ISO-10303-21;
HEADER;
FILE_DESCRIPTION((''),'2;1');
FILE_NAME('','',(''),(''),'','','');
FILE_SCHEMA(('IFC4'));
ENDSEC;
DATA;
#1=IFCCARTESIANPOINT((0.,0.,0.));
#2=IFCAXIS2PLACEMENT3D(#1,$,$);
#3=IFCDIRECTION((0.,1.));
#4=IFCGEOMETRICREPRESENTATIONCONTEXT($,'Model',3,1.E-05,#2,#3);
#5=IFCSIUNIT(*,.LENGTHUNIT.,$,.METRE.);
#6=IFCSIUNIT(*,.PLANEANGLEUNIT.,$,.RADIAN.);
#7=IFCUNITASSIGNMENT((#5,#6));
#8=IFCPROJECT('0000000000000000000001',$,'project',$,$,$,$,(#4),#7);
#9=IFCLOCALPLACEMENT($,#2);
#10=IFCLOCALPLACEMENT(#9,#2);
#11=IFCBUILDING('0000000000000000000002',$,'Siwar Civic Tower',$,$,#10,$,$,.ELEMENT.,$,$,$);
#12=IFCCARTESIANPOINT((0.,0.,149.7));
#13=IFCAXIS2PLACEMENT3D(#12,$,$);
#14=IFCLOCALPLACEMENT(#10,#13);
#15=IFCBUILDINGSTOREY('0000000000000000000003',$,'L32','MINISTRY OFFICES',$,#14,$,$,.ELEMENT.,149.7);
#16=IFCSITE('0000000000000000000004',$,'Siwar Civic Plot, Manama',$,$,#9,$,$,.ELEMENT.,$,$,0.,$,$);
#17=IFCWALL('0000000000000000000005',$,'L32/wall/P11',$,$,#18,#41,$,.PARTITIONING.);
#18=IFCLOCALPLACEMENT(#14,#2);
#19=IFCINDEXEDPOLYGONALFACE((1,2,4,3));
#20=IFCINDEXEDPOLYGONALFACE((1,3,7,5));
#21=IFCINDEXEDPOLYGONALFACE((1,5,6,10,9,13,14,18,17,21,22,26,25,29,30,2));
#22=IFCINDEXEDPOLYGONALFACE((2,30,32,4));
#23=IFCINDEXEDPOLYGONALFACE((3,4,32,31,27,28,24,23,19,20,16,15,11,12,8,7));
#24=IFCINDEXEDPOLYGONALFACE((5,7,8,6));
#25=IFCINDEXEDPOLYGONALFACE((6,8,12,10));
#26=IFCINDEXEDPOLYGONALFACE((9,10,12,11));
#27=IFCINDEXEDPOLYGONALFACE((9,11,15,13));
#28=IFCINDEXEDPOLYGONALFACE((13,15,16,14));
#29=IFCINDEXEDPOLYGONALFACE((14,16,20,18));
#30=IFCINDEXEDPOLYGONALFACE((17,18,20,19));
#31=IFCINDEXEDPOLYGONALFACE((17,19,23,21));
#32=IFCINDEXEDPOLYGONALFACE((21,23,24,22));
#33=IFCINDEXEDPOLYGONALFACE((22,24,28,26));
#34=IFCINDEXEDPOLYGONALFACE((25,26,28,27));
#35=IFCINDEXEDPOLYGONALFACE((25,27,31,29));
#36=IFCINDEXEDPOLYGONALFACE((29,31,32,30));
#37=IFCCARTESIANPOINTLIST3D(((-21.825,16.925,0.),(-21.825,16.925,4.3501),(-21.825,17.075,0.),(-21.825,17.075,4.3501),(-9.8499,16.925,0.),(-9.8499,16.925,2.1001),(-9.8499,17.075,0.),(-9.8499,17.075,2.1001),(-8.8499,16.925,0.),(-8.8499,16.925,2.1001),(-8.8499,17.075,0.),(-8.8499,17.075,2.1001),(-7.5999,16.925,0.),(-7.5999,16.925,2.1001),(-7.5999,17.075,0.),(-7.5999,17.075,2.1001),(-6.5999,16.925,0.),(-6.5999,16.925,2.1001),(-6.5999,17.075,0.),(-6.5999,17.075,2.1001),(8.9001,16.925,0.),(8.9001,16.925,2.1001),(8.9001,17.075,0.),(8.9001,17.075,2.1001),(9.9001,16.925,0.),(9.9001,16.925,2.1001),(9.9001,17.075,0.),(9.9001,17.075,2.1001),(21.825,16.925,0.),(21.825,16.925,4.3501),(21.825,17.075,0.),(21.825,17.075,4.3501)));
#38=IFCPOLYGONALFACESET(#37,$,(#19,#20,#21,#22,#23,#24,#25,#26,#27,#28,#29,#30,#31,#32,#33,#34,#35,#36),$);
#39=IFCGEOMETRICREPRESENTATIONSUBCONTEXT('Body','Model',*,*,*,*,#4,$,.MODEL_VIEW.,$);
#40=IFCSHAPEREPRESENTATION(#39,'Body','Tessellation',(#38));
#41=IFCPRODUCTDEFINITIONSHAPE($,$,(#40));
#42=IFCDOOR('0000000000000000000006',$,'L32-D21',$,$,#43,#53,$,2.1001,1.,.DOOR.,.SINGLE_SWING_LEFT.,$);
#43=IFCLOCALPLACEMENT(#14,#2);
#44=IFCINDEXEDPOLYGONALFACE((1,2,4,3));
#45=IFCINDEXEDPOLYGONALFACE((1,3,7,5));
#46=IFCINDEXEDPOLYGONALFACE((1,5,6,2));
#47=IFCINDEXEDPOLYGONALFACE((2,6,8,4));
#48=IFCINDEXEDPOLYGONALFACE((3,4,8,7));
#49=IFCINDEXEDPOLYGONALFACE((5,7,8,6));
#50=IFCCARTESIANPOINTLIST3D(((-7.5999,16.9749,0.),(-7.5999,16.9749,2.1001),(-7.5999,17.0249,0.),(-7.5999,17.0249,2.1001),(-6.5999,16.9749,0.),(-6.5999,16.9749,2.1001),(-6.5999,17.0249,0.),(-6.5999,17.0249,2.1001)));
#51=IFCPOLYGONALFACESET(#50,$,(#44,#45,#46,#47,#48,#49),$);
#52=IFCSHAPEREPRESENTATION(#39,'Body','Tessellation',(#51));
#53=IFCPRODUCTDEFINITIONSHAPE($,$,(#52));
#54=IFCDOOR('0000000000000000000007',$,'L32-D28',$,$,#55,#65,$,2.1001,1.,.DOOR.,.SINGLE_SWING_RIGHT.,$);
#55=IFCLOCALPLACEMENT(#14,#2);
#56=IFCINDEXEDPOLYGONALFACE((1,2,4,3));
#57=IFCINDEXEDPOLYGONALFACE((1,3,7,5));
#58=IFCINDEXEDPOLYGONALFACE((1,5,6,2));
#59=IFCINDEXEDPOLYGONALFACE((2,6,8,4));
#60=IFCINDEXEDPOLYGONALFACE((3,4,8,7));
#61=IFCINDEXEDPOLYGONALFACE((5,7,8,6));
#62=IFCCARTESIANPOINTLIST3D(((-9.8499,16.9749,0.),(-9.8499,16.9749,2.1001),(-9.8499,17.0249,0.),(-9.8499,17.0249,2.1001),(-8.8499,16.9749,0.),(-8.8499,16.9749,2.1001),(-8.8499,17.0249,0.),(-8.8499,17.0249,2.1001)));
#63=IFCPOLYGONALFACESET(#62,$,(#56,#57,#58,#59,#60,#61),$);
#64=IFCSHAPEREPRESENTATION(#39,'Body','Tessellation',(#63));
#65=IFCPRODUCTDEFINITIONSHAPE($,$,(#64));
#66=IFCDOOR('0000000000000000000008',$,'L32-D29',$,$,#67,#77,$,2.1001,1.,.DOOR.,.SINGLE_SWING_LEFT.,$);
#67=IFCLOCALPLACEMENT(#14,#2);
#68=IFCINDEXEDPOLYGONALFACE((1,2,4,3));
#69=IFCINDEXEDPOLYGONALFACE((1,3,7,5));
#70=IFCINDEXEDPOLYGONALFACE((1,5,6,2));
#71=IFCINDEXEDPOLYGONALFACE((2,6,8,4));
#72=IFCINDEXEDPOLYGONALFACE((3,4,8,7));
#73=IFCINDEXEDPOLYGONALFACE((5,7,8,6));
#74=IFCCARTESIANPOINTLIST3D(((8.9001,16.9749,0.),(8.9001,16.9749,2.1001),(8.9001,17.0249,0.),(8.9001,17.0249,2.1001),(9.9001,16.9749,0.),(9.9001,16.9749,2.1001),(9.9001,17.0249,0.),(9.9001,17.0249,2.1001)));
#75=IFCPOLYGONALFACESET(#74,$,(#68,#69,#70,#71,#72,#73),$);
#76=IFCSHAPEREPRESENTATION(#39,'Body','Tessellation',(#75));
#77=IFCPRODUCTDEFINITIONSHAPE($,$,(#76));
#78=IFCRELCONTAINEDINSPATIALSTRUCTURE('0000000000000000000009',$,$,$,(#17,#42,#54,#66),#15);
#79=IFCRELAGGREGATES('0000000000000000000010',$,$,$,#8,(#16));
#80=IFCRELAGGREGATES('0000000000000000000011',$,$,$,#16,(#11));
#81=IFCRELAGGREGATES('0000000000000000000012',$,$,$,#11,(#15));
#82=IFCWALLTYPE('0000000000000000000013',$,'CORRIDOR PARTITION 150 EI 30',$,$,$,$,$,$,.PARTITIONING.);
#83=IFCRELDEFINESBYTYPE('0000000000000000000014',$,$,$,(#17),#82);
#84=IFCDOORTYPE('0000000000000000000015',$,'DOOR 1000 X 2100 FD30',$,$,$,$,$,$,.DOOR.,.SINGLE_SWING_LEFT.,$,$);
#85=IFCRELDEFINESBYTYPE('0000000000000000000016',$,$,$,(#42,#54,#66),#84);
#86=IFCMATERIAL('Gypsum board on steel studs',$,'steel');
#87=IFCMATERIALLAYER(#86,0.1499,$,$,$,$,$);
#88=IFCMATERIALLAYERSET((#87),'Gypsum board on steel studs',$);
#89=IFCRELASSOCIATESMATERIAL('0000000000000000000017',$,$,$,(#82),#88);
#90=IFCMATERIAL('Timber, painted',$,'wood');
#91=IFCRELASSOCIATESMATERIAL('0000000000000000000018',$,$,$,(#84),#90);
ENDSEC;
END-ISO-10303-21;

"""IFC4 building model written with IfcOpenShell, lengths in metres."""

from ifc_helpers import new_model, si_unit, direction, frame, frame_2d, origin, place, context, subcontext, project, spatial, rectangle, extrude, material, layer, layer_set, type_object, element, fill, save


model = new_model("IFC4")

# Units and contexts
model_context = context("Model", 3, precision=1e-05, world=origin(), true_north=direction((0.0, 1.0)))
body_context = subcontext(model_context, "Body", "Model", "MODEL_VIEW")
ifc_project = project(units=[si_unit("LENGTHUNIT", "METRE"), si_unit("PLANEANGLEUNIT", "RADIAN")], contexts=[model_context])

# Site, building, storey
site_placement = place(None, origin())
site = spatial("IfcSite", under=ifc_project, at=site_placement, Name="Siwar Civic Plot, Manama", CompositionType="ELEMENT", RefElevation=0.0)
building_placement = place(site_placement, origin())
building = spatial("IfcBuilding", under=site, at=building_placement, Name="Siwar Civic Tower", CompositionType="ELEMENT")
storey_placement = place(building_placement, frame((0.0, 0.0, 149.7)))
storey = spatial("IfcBuildingStorey", under=building, at=storey_placement, Name="L32", Description="MINISTRY OFFICES", CompositionType="ELEMENT", Elevation=149.7)

# Shared definitions
ifc_material_1 = material(Name="Gypsum board on steel studs", Category="steel")
ifc_layer_1 = layer(ifc_material_1, 0.1499)
ifc_layer_set_1 = layer_set([ifc_layer_1], Name="Gypsum board on steel studs")
wall_type = type_object("IfcWallType", Name="CORRIDOR PARTITION 150 EI 30", PredefinedType="PARTITIONING", material=ifc_layer_set_1)

# Wall, openings, doors
wall_1_placement = place(storey_placement, frame((-21.825, 17.0, 0.0), z_axis=(0.0, 0.0, 1.0), x_axis=(1.0, 0.0, 0.0)))
wall_1 = element("IfcWall", 1, at=wall_1_placement, inside=storey, type_object=wall_type, Name="L32/wall/P11", PredefinedType="PARTITIONING", context=body_context, shape_type="SweptSolid", body=[
    extrude(rectangle(XDim=43.6499, YDim=0.1499, at=frame_2d((21.825, 0.0))), origin(), (0.0, 0.0, 1.0), 4.3501),
])
opening_1_placement = place(wall_1_placement, frame((14.2251, 0.0, 0.0)))
opening_1 = element("IfcOpeningElement", 2, at=opening_1_placement, cuts=wall_1, PredefinedType="OPENING", context=body_context, shape_type="SweptSolid", body=[
    extrude(rectangle(XDim=1.0, YDim=2.1001, at=frame_2d((0.5, 1.05))), frame((0.0, 0.085, 0.0), z_axis=(0.0, -1.0, 0.0), x_axis=(1.0, 0.0, 0.0)), (0.0, 0.0, 1.0), 0.1699),
])
opening_2_placement = place(wall_1_placement, frame((11.9751, 0.0, 0.0)))
opening_2 = element("IfcOpeningElement", 3, at=opening_2_placement, cuts=wall_1, PredefinedType="OPENING", context=body_context, shape_type="SweptSolid", body=[
    extrude(rectangle(XDim=1.0, YDim=2.1001, at=frame_2d((0.5, 1.05))), frame((0.0, 0.085, 0.0), z_axis=(0.0, -1.0, 0.0), x_axis=(1.0, 0.0, 0.0)), (0.0, 0.0, 1.0), 0.1699),
])
opening_3_placement = place(wall_1_placement, frame((30.7251, 0.0, 0.0)))
opening_3 = element("IfcOpeningElement", 4, at=opening_3_placement, cuts=wall_1, PredefinedType="OPENING", context=body_context, shape_type="SweptSolid", body=[
    extrude(rectangle(XDim=1.0, YDim=2.1001, at=frame_2d((0.5, 1.05))), frame((0.0, 0.085, 0.0), z_axis=(0.0, -1.0, 0.0), x_axis=(1.0, 0.0, 0.0)), (0.0, 0.0, 1.0), 0.1699),
])
ifc_material_2 = material(Name="Timber, painted", Category="wood")
door_type = type_object("IfcDoorType", Name="DOOR 1000 X 2100 FD30", OperationType="SINGLE_SWING_LEFT", PredefinedType="DOOR", material=ifc_material_2)
door_1_placement = place(opening_1_placement, origin())
door_1 = element("IfcDoor", 5, at=door_1_placement, inside=storey, type_object=door_type, Name="L32-D21", OperationType="SINGLE_SWING_LEFT", OverallHeight=2.1001, OverallWidth=1.0, PredefinedType="DOOR", context=body_context, shape_type="SweptSolid", body=[
    extrude(rectangle(XDim=1.0, YDim=2.1001, at=frame_2d((0.5, 1.05))), frame((0.0, 0.0249, 0.0), z_axis=(0.0, -1.0, 0.0), x_axis=(1.0, 0.0, 0.0)), (0.0, 0.0, 1.0), 0.05),
])
fill(opening_1, door_1)
door_2_placement = place(opening_2_placement, origin())
door_2 = element("IfcDoor", 6, at=door_2_placement, inside=storey, type_object=door_type, Name="L32-D28", OperationType="SINGLE_SWING_RIGHT", OverallHeight=2.1001, OverallWidth=1.0, PredefinedType="DOOR", context=body_context, shape_type="SweptSolid", body=[
    extrude(rectangle(XDim=1.0, YDim=2.1001, at=frame_2d((0.5, 1.05))), frame((0.0, 0.0249, 0.0), z_axis=(0.0, -1.0, 0.0), x_axis=(1.0, 0.0, 0.0)), (0.0, 0.0, 1.0), 0.05),
])
fill(opening_2, door_2)
door_3_placement = place(opening_3_placement, origin())
door_3 = element("IfcDoor", 7, at=door_3_placement, inside=storey, type_object=door_type, Name="L32-D29", OperationType="SINGLE_SWING_LEFT", OverallHeight=2.1001, OverallWidth=1.0, PredefinedType="DOOR", context=body_context, shape_type="SweptSolid", body=[
    extrude(rectangle(XDim=1.0, YDim=2.1001, at=frame_2d((0.5, 1.05))), frame((0.0, 0.0249, 0.0), z_axis=(0.0, -1.0, 0.0), x_axis=(1.0, 0.0, 0.0)), (0.0, 0.0, 1.0), 0.05),
])
fill(opening_3, door_3)

save(model, "model.ifc")
